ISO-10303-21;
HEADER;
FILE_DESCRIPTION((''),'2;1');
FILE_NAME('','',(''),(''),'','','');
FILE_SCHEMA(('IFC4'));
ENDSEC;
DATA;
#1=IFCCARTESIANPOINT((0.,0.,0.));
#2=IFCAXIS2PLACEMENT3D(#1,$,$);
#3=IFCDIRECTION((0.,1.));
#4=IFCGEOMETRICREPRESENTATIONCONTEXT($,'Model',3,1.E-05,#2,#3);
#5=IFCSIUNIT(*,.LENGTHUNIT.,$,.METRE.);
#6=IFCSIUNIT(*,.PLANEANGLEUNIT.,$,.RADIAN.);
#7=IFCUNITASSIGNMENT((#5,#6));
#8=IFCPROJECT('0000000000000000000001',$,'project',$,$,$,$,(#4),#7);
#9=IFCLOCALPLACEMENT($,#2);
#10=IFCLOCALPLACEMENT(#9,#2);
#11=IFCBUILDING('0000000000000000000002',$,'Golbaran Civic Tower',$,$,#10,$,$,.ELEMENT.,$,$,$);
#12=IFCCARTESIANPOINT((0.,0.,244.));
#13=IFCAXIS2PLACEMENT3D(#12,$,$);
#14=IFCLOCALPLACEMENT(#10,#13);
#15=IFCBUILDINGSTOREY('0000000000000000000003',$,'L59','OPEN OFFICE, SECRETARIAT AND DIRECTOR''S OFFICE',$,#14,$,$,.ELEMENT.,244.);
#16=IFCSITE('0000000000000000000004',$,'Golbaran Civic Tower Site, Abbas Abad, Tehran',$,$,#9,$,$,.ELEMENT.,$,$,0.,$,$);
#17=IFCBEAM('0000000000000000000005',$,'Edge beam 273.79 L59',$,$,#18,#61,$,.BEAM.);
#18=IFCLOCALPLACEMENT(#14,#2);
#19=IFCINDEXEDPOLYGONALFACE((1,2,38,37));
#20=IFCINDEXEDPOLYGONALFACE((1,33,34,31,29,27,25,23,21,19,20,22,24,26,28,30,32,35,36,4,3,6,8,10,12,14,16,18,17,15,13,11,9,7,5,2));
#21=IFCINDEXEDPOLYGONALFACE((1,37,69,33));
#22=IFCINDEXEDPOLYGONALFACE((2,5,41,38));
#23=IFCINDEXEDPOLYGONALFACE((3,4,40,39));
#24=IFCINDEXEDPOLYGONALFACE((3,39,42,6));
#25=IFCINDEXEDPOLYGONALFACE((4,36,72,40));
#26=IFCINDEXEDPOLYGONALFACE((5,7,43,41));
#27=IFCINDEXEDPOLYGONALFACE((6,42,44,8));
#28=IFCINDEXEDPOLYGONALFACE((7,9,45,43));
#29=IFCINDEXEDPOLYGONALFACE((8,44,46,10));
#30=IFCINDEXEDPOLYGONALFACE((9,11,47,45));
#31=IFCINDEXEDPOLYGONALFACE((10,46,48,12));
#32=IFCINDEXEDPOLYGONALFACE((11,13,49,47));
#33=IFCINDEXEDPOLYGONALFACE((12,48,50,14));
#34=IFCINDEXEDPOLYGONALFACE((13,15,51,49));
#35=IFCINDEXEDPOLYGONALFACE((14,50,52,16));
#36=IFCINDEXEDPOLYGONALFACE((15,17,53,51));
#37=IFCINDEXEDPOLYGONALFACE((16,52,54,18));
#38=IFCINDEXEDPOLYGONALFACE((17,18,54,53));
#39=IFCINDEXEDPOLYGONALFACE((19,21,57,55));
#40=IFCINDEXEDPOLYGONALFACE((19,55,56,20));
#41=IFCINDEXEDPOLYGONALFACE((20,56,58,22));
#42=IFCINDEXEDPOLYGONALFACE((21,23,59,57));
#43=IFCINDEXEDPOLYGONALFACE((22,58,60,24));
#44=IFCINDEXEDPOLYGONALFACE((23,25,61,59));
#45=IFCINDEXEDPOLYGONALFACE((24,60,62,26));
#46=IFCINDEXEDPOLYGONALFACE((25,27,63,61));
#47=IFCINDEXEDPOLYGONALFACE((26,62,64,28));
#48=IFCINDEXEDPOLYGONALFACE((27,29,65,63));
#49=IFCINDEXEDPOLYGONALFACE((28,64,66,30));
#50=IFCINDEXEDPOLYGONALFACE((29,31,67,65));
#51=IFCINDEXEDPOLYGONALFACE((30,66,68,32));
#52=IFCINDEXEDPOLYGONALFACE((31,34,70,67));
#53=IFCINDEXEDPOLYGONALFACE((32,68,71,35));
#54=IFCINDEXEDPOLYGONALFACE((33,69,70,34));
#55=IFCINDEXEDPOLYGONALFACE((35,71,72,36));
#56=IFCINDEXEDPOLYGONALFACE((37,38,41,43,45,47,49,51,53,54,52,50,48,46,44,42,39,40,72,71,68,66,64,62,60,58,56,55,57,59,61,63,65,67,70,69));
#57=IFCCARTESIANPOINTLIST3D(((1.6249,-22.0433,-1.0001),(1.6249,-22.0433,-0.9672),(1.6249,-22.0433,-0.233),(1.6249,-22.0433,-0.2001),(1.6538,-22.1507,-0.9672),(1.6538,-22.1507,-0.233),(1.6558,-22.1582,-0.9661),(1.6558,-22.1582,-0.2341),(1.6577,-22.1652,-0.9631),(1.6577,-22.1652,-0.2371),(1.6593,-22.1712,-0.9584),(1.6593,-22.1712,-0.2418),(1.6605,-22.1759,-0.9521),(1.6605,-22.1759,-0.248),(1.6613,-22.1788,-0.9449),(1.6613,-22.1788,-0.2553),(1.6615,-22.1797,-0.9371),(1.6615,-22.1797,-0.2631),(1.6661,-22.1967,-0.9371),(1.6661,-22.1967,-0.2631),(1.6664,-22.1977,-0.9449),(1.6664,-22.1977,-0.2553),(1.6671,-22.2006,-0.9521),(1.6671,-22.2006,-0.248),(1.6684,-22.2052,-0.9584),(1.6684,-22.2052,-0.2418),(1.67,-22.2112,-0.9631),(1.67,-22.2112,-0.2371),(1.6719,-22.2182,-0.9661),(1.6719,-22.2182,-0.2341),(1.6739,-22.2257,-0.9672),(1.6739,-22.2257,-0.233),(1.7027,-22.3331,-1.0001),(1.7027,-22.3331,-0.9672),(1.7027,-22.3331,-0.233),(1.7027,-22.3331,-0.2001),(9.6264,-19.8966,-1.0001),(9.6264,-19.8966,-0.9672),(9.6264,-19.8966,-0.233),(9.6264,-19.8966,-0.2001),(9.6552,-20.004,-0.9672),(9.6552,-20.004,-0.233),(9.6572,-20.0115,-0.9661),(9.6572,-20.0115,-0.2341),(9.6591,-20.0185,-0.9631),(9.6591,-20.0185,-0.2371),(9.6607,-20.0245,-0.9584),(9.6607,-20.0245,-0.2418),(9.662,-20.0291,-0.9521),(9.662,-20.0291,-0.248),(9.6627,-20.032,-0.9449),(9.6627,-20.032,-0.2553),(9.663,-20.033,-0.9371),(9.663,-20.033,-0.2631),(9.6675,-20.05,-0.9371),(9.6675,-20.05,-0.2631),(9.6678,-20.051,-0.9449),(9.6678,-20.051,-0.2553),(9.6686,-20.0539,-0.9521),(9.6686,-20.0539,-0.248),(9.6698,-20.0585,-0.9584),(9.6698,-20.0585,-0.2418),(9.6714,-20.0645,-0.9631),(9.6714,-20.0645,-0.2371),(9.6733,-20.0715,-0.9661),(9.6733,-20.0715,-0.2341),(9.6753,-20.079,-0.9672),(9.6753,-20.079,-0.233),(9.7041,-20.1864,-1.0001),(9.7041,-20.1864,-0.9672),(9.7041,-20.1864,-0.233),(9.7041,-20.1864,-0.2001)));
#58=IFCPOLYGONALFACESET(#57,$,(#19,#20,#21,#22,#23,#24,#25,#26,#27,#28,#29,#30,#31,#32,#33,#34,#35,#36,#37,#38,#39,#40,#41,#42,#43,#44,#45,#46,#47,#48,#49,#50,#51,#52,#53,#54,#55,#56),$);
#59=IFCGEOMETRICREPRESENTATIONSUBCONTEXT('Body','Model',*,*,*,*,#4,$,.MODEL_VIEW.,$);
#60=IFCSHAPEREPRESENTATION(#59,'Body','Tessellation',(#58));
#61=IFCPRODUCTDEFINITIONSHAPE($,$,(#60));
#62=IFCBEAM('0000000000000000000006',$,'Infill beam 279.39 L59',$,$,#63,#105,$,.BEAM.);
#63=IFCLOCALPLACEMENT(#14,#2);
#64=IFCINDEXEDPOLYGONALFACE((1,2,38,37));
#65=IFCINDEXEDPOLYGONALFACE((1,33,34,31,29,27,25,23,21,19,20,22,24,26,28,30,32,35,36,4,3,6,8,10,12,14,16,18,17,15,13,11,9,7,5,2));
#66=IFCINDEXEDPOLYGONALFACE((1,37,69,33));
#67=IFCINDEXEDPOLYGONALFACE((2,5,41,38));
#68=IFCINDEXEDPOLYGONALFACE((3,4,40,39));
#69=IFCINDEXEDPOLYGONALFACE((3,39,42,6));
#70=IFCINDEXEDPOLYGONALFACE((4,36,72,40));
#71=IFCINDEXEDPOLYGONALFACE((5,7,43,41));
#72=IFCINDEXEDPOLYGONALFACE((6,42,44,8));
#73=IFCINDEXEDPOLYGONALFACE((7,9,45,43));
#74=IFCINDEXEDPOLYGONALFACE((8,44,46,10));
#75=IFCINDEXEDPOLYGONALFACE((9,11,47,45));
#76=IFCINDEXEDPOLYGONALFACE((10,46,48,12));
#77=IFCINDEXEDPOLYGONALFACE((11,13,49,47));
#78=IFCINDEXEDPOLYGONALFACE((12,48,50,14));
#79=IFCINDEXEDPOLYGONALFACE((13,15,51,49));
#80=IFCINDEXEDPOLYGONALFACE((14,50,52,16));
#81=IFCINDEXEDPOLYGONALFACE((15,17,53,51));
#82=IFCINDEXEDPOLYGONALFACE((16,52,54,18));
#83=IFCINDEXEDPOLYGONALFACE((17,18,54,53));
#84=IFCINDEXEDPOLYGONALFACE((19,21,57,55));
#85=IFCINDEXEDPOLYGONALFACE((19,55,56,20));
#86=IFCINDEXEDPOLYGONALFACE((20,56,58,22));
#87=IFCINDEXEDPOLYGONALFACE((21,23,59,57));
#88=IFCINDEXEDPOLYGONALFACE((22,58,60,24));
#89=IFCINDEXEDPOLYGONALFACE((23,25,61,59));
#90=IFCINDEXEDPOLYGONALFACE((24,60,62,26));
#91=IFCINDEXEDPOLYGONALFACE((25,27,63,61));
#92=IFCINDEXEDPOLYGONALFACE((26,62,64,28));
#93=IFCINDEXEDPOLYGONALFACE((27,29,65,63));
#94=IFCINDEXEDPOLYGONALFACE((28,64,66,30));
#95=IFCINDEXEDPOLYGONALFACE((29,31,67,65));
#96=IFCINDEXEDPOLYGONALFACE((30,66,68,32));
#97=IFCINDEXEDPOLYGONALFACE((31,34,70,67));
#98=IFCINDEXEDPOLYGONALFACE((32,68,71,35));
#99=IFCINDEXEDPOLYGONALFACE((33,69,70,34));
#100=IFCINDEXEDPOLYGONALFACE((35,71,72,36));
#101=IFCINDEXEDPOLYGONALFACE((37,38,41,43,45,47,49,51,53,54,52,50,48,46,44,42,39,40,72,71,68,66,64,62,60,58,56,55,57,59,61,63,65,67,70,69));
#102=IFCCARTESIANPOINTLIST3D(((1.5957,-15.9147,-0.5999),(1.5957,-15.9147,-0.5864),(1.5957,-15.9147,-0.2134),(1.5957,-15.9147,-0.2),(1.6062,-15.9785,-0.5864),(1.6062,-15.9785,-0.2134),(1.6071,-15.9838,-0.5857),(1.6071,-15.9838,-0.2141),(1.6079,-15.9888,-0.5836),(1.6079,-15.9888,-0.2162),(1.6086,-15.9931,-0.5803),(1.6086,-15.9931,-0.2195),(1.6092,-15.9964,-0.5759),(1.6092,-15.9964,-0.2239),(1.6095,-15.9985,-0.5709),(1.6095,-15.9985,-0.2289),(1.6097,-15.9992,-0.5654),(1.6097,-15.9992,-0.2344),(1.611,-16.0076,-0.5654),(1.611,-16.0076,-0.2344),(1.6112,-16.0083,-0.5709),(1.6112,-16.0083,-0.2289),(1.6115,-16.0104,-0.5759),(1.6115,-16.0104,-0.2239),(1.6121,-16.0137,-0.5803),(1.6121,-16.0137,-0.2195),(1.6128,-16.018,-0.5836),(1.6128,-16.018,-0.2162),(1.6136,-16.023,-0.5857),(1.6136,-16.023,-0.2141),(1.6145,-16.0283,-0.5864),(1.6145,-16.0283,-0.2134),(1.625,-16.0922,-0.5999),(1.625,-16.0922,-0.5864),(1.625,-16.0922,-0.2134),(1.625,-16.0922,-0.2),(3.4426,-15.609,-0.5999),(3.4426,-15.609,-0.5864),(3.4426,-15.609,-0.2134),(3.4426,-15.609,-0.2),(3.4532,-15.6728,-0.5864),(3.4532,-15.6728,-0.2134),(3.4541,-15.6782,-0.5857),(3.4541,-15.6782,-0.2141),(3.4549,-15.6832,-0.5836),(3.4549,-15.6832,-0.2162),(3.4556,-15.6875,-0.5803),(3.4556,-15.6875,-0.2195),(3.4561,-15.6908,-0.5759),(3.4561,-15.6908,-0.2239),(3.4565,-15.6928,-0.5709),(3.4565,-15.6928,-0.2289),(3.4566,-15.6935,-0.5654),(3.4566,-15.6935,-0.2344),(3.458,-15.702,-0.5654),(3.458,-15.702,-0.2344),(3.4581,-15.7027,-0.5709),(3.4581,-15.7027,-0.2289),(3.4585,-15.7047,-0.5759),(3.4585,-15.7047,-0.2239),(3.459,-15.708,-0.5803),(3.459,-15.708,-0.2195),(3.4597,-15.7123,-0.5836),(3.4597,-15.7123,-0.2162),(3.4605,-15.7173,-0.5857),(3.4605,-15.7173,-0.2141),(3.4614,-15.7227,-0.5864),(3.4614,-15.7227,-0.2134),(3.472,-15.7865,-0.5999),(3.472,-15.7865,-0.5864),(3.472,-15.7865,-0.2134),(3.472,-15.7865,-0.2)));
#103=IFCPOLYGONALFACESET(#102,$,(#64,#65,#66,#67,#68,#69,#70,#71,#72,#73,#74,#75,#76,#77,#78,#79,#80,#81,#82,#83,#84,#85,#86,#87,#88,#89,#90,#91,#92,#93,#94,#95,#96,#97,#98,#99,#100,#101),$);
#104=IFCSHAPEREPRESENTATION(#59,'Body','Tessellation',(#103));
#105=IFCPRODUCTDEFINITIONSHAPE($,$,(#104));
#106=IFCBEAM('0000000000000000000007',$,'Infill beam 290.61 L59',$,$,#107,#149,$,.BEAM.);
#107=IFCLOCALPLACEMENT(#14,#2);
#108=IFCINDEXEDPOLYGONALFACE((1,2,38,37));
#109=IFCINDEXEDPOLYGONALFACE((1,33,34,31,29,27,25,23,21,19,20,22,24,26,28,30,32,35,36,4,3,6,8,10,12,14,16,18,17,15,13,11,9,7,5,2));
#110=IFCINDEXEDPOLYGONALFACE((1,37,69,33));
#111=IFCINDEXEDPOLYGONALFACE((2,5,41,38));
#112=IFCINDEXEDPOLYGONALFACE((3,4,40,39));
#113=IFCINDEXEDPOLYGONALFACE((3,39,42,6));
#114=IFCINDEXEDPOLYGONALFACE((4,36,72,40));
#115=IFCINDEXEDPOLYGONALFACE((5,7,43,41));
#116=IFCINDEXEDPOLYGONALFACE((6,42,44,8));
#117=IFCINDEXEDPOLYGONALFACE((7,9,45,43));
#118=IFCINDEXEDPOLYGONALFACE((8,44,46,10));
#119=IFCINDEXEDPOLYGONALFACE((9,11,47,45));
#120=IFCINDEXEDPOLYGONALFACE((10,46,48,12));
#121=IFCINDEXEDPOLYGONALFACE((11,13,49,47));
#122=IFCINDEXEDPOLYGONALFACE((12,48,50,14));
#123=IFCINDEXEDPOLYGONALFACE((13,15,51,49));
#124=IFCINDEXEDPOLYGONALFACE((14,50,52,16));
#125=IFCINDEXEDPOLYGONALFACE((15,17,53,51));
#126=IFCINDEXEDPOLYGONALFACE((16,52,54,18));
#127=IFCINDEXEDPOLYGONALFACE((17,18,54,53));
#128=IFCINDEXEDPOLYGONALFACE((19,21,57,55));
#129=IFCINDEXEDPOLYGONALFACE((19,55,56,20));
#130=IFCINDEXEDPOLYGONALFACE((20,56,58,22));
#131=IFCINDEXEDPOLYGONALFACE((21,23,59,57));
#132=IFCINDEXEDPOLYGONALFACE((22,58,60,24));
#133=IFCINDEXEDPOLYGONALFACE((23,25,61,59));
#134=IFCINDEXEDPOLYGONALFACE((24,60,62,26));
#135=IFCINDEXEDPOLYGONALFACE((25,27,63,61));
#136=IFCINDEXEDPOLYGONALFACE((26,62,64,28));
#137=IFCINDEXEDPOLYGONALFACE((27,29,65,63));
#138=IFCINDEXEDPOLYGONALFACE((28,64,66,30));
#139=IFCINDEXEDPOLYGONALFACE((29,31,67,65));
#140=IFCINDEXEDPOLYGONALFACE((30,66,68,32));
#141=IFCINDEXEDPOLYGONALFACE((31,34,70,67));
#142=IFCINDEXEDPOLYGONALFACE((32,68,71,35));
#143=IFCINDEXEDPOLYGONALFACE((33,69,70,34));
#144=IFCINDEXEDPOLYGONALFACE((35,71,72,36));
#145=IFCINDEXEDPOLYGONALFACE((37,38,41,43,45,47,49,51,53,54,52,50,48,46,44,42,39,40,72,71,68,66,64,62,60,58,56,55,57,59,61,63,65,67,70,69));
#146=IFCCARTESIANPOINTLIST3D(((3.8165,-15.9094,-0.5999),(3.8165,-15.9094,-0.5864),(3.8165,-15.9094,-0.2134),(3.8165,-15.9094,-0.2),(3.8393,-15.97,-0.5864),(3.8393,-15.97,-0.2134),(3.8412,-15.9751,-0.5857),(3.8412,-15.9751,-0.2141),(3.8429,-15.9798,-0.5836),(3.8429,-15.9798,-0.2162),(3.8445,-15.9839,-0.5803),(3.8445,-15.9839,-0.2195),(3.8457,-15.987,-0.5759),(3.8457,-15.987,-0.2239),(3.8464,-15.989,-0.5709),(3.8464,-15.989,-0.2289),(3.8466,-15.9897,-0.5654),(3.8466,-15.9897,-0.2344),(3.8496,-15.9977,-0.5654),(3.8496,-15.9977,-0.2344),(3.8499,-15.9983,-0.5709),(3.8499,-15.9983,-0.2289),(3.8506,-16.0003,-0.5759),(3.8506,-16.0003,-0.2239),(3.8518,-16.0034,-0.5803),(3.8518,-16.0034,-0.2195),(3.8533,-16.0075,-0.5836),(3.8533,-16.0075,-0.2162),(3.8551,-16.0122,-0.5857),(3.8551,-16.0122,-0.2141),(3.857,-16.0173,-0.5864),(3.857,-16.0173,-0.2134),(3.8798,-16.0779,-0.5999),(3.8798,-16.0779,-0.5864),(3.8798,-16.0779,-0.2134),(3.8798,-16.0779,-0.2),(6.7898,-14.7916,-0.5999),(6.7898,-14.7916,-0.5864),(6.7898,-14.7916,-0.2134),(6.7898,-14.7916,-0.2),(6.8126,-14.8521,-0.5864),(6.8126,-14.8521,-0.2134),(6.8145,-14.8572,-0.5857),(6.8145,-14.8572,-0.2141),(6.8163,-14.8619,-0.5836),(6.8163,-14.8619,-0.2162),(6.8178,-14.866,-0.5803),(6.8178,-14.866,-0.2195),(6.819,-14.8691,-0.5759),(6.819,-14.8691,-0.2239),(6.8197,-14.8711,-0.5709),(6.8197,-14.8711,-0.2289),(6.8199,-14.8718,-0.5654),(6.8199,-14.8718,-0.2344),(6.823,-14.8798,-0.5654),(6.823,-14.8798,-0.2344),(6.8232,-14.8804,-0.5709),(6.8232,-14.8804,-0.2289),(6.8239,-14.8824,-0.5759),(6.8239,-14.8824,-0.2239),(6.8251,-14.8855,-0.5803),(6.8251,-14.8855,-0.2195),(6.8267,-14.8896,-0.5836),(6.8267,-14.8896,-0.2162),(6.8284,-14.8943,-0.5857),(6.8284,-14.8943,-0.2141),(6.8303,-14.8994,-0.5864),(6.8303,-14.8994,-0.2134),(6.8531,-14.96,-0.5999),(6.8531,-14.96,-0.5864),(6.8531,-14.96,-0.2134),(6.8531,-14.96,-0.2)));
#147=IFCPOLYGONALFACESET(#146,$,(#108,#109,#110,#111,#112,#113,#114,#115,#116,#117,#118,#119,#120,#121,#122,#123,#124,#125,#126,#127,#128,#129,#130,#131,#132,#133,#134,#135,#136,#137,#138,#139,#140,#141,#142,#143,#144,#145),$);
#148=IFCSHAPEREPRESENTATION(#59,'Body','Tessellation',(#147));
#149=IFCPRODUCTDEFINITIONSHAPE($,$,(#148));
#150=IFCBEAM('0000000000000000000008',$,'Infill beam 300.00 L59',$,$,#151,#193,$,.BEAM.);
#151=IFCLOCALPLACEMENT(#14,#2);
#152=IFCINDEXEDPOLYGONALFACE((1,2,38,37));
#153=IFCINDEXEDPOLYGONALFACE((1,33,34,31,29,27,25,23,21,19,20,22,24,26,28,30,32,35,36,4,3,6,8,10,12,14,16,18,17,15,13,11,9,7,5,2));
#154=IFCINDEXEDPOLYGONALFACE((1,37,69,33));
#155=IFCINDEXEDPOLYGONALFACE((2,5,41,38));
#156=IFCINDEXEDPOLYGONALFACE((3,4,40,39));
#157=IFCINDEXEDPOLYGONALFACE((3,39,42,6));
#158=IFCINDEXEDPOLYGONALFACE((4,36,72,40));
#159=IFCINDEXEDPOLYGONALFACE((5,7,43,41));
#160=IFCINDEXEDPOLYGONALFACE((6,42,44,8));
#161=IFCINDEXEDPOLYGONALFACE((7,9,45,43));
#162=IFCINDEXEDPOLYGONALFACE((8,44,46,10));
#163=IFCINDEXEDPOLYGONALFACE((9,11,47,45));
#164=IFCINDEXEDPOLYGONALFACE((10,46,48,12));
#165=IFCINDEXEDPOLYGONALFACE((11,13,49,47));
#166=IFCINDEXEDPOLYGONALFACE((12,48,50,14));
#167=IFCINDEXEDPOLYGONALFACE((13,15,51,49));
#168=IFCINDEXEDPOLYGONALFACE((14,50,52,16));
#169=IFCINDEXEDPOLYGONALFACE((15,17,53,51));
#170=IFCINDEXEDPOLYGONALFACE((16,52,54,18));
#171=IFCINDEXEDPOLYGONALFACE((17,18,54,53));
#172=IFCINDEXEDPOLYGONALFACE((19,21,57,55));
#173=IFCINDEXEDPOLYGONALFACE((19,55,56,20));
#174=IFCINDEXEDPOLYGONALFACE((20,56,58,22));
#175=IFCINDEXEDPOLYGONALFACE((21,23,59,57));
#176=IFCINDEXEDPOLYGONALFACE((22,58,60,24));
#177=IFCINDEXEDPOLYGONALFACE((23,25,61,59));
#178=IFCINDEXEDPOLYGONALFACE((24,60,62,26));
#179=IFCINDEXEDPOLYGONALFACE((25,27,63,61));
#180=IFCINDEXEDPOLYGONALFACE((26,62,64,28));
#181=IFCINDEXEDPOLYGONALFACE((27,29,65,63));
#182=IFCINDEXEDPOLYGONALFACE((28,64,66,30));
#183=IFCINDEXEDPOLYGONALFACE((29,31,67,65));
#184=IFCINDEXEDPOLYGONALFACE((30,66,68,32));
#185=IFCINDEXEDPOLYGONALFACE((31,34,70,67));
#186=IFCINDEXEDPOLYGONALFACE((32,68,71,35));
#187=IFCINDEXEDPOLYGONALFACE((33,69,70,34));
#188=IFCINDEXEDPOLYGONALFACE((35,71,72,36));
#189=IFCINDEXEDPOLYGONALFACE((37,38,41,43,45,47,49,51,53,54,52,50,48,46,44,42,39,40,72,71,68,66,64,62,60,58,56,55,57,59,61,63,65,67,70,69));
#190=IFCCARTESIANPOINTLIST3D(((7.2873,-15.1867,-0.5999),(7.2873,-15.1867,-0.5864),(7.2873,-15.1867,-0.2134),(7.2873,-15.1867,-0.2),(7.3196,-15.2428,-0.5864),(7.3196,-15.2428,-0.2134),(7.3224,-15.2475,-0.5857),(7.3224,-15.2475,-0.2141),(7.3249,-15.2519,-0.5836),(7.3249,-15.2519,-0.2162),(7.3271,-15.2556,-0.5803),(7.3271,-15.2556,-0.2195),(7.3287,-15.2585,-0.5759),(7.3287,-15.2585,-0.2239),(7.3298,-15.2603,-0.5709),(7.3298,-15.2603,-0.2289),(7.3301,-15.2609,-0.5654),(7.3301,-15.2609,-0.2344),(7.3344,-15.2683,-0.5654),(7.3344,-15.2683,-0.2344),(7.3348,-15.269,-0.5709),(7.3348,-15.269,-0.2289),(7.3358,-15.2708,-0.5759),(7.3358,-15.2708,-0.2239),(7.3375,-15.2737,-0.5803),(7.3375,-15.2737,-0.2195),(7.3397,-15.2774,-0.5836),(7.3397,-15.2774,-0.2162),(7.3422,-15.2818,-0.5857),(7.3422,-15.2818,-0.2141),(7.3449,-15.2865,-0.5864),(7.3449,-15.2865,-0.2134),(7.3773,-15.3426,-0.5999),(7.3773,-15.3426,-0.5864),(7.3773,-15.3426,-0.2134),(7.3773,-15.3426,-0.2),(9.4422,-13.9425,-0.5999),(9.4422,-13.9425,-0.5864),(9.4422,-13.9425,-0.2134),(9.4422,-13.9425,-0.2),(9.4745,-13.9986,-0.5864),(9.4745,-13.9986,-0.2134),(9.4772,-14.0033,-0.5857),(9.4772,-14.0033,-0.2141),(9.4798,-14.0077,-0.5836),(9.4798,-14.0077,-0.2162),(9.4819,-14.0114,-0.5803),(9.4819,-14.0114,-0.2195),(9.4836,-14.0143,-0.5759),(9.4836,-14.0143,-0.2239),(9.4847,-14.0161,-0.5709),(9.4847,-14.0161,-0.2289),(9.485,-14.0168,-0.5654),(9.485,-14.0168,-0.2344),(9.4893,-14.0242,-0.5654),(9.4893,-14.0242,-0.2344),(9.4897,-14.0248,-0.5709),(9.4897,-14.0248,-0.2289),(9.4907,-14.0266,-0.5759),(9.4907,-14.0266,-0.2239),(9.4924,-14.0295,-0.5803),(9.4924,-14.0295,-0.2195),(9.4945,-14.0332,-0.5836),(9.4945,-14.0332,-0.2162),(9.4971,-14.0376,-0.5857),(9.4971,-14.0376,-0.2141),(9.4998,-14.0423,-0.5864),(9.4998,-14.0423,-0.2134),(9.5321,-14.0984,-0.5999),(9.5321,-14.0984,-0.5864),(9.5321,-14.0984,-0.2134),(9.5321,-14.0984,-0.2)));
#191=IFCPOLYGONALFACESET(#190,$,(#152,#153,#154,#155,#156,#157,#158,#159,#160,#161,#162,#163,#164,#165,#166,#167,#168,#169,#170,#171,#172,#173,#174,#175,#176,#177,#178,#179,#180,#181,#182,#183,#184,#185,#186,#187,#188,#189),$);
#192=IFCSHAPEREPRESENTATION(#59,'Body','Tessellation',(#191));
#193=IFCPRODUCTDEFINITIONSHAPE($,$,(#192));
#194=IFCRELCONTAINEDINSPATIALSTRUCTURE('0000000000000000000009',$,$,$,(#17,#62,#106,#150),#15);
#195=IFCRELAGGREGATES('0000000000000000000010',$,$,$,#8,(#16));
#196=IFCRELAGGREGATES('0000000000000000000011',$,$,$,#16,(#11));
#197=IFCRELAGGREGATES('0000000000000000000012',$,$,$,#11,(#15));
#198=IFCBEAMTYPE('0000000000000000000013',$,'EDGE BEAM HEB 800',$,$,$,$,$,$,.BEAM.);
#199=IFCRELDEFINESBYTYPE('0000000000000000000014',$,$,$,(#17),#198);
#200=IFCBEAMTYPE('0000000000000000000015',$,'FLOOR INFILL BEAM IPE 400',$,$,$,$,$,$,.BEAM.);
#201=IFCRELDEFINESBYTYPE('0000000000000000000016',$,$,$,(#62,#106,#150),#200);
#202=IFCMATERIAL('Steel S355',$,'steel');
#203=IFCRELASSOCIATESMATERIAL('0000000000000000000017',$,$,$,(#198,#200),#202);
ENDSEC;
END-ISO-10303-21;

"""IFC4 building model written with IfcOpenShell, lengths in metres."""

from ifc_helpers import new_model, si_unit, direction, frame, origin, origin_2d, place, context, subcontext, project, spatial, i_section, extrude, material, material_profile, profile_set, type_object, element, save


model = new_model("IFC4")

# Units and contexts
model_context = context("Model", 3, precision=1e-05, world=origin(), true_north=direction((0.0, 1.0)))
body_context = subcontext(model_context, "Body", "Model", "MODEL_VIEW")
ifc_project = project(units=[si_unit("LENGTHUNIT", "METRE"), si_unit("PLANEANGLEUNIT", "RADIAN")], contexts=[model_context])

# Site, building, storey
site_placement = place(None, origin())
site = spatial("IfcSite", under=ifc_project, at=site_placement, Name="Golbaran Civic Tower Site, Abbas Abad, Tehran", CompositionType="ELEMENT", RefElevation=0.0)
building_placement = place(site_placement, origin())
building = spatial("IfcBuilding", under=site, at=building_placement, Name="Golbaran Civic Tower", CompositionType="ELEMENT")
storey_placement = place(building_placement, frame((0.0, 0.0, 244.0)))
storey = spatial("IfcBuildingStorey", under=building, at=storey_placement, Name="L59", Description="OPEN OFFICE, SECRETARIAT AND DIRECTOR'S OFFICE", CompositionType="ELEMENT", Elevation=244.0)

# Beams
ifc_material_1 = material(Name="Steel S355", Category="steel")
ifc_material_profile_1 = material_profile(ifc_material_1, i_section(OverallWidth=0.3, OverallDepth=0.8, WebThickness=0.0176, FlangeThickness=0.033, FilletRadius=0.03, at=origin_2d()), Name="HEB 800")
ifc_profile_set_1 = profile_set([ifc_material_profile_1], Name="Steel S355")
beam_type_1 = type_object("IfcBeamType", Name="EDGE BEAM HEB 800", PredefinedType="BEAM", material=ifc_profile_set_1)
beam_1_placement = place(storey_placement, frame((1.6638, -22.1882, -0.6001), z_axis=(0.965843, 0.259128, 0.0), x_axis=(-0.259128, 0.965843, 0.0)))
element("IfcBeam", 1, at=beam_1_placement, inside=storey, type_object=beam_type_1, Name="Edge beam 273.79 L59", PredefinedType="BEAM", context=body_context, shape_type="SweptSolid", body=[
    extrude(i_section(OverallWidth=0.3, OverallDepth=0.8, WebThickness=0.0176, FlangeThickness=0.033, FilletRadius=0.03, at=origin_2d()), origin(), (0.0, 0.0, 1.0), 8.2844),
])
ifc_material_profile_2 = material_profile(ifc_material_1, i_section(OverallWidth=0.1799, OverallDepth=0.3999, WebThickness=0.0085, FlangeThickness=0.0134, FilletRadius=0.021, at=origin_2d()), Name="IPE 400")
ifc_profile_set_2 = profile_set([ifc_material_profile_2], Name="Steel S355")
beam_type_2 = type_object("IfcBeamType", Name="FLOOR INFILL BEAM IPE 400", PredefinedType="BEAM", material=ifc_profile_set_2)
beam_2_placement = place(storey_placement, frame((1.6104, -16.0034, -0.3999), z_axis=(0.98658, 0.163278, 0.0), x_axis=(-0.163278, 0.98658, 0.0)))
element("IfcBeam", 2, at=beam_2_placement, inside=storey, type_object=beam_type_2, Name="Infill beam 279.39 L59", PredefinedType="BEAM", context=body_context, shape_type="SweptSolid", body=[
    extrude(i_section(OverallWidth=0.1799, OverallDepth=0.3999, WebThickness=0.0085, FlangeThickness=0.0134, FilletRadius=0.021, at=origin_2d()), origin(), (0.0, 0.0, 1.0), 1.8721),
])
beam_3_placement = place(storey_placement, frame((3.8481, -15.9937, -0.3999), z_axis=(0.936029, 0.351923, 0.0), x_axis=(-0.351923, 0.936029, 0.0)))
element("IfcBeam", 3, at=beam_3_placement, inside=storey, type_object=beam_type_2, Name="Infill beam 290.61 L59", PredefinedType="BEAM", context=body_context, shape_type="SweptSolid", body=[
    extrude(i_section(OverallWidth=0.1799, OverallDepth=0.3999, WebThickness=0.0085, FlangeThickness=0.0134, FilletRadius=0.021, at=origin_2d()), origin(), (0.0, 0.0, 1.0), 3.1765),
])
beam_4_placement = place(storey_placement, frame((7.3323, -15.2646, -0.3999), z_axis=(0.866012, 0.500023, 0.0), x_axis=(-0.500023, 0.866012, 0.0)))
element("IfcBeam", 4, at=beam_4_placement, inside=storey, type_object=beam_type_2, Name="Infill beam 300.00 L59", PredefinedType="BEAM", context=body_context, shape_type="SweptSolid", body=[
    extrude(i_section(OverallWidth=0.1799, OverallDepth=0.3999, WebThickness=0.0085, FlangeThickness=0.0134, FilletRadius=0.021, at=origin_2d()), origin(), (0.0, 0.0, 1.0), 2.4883),
])

save(model, "model.ifc")
